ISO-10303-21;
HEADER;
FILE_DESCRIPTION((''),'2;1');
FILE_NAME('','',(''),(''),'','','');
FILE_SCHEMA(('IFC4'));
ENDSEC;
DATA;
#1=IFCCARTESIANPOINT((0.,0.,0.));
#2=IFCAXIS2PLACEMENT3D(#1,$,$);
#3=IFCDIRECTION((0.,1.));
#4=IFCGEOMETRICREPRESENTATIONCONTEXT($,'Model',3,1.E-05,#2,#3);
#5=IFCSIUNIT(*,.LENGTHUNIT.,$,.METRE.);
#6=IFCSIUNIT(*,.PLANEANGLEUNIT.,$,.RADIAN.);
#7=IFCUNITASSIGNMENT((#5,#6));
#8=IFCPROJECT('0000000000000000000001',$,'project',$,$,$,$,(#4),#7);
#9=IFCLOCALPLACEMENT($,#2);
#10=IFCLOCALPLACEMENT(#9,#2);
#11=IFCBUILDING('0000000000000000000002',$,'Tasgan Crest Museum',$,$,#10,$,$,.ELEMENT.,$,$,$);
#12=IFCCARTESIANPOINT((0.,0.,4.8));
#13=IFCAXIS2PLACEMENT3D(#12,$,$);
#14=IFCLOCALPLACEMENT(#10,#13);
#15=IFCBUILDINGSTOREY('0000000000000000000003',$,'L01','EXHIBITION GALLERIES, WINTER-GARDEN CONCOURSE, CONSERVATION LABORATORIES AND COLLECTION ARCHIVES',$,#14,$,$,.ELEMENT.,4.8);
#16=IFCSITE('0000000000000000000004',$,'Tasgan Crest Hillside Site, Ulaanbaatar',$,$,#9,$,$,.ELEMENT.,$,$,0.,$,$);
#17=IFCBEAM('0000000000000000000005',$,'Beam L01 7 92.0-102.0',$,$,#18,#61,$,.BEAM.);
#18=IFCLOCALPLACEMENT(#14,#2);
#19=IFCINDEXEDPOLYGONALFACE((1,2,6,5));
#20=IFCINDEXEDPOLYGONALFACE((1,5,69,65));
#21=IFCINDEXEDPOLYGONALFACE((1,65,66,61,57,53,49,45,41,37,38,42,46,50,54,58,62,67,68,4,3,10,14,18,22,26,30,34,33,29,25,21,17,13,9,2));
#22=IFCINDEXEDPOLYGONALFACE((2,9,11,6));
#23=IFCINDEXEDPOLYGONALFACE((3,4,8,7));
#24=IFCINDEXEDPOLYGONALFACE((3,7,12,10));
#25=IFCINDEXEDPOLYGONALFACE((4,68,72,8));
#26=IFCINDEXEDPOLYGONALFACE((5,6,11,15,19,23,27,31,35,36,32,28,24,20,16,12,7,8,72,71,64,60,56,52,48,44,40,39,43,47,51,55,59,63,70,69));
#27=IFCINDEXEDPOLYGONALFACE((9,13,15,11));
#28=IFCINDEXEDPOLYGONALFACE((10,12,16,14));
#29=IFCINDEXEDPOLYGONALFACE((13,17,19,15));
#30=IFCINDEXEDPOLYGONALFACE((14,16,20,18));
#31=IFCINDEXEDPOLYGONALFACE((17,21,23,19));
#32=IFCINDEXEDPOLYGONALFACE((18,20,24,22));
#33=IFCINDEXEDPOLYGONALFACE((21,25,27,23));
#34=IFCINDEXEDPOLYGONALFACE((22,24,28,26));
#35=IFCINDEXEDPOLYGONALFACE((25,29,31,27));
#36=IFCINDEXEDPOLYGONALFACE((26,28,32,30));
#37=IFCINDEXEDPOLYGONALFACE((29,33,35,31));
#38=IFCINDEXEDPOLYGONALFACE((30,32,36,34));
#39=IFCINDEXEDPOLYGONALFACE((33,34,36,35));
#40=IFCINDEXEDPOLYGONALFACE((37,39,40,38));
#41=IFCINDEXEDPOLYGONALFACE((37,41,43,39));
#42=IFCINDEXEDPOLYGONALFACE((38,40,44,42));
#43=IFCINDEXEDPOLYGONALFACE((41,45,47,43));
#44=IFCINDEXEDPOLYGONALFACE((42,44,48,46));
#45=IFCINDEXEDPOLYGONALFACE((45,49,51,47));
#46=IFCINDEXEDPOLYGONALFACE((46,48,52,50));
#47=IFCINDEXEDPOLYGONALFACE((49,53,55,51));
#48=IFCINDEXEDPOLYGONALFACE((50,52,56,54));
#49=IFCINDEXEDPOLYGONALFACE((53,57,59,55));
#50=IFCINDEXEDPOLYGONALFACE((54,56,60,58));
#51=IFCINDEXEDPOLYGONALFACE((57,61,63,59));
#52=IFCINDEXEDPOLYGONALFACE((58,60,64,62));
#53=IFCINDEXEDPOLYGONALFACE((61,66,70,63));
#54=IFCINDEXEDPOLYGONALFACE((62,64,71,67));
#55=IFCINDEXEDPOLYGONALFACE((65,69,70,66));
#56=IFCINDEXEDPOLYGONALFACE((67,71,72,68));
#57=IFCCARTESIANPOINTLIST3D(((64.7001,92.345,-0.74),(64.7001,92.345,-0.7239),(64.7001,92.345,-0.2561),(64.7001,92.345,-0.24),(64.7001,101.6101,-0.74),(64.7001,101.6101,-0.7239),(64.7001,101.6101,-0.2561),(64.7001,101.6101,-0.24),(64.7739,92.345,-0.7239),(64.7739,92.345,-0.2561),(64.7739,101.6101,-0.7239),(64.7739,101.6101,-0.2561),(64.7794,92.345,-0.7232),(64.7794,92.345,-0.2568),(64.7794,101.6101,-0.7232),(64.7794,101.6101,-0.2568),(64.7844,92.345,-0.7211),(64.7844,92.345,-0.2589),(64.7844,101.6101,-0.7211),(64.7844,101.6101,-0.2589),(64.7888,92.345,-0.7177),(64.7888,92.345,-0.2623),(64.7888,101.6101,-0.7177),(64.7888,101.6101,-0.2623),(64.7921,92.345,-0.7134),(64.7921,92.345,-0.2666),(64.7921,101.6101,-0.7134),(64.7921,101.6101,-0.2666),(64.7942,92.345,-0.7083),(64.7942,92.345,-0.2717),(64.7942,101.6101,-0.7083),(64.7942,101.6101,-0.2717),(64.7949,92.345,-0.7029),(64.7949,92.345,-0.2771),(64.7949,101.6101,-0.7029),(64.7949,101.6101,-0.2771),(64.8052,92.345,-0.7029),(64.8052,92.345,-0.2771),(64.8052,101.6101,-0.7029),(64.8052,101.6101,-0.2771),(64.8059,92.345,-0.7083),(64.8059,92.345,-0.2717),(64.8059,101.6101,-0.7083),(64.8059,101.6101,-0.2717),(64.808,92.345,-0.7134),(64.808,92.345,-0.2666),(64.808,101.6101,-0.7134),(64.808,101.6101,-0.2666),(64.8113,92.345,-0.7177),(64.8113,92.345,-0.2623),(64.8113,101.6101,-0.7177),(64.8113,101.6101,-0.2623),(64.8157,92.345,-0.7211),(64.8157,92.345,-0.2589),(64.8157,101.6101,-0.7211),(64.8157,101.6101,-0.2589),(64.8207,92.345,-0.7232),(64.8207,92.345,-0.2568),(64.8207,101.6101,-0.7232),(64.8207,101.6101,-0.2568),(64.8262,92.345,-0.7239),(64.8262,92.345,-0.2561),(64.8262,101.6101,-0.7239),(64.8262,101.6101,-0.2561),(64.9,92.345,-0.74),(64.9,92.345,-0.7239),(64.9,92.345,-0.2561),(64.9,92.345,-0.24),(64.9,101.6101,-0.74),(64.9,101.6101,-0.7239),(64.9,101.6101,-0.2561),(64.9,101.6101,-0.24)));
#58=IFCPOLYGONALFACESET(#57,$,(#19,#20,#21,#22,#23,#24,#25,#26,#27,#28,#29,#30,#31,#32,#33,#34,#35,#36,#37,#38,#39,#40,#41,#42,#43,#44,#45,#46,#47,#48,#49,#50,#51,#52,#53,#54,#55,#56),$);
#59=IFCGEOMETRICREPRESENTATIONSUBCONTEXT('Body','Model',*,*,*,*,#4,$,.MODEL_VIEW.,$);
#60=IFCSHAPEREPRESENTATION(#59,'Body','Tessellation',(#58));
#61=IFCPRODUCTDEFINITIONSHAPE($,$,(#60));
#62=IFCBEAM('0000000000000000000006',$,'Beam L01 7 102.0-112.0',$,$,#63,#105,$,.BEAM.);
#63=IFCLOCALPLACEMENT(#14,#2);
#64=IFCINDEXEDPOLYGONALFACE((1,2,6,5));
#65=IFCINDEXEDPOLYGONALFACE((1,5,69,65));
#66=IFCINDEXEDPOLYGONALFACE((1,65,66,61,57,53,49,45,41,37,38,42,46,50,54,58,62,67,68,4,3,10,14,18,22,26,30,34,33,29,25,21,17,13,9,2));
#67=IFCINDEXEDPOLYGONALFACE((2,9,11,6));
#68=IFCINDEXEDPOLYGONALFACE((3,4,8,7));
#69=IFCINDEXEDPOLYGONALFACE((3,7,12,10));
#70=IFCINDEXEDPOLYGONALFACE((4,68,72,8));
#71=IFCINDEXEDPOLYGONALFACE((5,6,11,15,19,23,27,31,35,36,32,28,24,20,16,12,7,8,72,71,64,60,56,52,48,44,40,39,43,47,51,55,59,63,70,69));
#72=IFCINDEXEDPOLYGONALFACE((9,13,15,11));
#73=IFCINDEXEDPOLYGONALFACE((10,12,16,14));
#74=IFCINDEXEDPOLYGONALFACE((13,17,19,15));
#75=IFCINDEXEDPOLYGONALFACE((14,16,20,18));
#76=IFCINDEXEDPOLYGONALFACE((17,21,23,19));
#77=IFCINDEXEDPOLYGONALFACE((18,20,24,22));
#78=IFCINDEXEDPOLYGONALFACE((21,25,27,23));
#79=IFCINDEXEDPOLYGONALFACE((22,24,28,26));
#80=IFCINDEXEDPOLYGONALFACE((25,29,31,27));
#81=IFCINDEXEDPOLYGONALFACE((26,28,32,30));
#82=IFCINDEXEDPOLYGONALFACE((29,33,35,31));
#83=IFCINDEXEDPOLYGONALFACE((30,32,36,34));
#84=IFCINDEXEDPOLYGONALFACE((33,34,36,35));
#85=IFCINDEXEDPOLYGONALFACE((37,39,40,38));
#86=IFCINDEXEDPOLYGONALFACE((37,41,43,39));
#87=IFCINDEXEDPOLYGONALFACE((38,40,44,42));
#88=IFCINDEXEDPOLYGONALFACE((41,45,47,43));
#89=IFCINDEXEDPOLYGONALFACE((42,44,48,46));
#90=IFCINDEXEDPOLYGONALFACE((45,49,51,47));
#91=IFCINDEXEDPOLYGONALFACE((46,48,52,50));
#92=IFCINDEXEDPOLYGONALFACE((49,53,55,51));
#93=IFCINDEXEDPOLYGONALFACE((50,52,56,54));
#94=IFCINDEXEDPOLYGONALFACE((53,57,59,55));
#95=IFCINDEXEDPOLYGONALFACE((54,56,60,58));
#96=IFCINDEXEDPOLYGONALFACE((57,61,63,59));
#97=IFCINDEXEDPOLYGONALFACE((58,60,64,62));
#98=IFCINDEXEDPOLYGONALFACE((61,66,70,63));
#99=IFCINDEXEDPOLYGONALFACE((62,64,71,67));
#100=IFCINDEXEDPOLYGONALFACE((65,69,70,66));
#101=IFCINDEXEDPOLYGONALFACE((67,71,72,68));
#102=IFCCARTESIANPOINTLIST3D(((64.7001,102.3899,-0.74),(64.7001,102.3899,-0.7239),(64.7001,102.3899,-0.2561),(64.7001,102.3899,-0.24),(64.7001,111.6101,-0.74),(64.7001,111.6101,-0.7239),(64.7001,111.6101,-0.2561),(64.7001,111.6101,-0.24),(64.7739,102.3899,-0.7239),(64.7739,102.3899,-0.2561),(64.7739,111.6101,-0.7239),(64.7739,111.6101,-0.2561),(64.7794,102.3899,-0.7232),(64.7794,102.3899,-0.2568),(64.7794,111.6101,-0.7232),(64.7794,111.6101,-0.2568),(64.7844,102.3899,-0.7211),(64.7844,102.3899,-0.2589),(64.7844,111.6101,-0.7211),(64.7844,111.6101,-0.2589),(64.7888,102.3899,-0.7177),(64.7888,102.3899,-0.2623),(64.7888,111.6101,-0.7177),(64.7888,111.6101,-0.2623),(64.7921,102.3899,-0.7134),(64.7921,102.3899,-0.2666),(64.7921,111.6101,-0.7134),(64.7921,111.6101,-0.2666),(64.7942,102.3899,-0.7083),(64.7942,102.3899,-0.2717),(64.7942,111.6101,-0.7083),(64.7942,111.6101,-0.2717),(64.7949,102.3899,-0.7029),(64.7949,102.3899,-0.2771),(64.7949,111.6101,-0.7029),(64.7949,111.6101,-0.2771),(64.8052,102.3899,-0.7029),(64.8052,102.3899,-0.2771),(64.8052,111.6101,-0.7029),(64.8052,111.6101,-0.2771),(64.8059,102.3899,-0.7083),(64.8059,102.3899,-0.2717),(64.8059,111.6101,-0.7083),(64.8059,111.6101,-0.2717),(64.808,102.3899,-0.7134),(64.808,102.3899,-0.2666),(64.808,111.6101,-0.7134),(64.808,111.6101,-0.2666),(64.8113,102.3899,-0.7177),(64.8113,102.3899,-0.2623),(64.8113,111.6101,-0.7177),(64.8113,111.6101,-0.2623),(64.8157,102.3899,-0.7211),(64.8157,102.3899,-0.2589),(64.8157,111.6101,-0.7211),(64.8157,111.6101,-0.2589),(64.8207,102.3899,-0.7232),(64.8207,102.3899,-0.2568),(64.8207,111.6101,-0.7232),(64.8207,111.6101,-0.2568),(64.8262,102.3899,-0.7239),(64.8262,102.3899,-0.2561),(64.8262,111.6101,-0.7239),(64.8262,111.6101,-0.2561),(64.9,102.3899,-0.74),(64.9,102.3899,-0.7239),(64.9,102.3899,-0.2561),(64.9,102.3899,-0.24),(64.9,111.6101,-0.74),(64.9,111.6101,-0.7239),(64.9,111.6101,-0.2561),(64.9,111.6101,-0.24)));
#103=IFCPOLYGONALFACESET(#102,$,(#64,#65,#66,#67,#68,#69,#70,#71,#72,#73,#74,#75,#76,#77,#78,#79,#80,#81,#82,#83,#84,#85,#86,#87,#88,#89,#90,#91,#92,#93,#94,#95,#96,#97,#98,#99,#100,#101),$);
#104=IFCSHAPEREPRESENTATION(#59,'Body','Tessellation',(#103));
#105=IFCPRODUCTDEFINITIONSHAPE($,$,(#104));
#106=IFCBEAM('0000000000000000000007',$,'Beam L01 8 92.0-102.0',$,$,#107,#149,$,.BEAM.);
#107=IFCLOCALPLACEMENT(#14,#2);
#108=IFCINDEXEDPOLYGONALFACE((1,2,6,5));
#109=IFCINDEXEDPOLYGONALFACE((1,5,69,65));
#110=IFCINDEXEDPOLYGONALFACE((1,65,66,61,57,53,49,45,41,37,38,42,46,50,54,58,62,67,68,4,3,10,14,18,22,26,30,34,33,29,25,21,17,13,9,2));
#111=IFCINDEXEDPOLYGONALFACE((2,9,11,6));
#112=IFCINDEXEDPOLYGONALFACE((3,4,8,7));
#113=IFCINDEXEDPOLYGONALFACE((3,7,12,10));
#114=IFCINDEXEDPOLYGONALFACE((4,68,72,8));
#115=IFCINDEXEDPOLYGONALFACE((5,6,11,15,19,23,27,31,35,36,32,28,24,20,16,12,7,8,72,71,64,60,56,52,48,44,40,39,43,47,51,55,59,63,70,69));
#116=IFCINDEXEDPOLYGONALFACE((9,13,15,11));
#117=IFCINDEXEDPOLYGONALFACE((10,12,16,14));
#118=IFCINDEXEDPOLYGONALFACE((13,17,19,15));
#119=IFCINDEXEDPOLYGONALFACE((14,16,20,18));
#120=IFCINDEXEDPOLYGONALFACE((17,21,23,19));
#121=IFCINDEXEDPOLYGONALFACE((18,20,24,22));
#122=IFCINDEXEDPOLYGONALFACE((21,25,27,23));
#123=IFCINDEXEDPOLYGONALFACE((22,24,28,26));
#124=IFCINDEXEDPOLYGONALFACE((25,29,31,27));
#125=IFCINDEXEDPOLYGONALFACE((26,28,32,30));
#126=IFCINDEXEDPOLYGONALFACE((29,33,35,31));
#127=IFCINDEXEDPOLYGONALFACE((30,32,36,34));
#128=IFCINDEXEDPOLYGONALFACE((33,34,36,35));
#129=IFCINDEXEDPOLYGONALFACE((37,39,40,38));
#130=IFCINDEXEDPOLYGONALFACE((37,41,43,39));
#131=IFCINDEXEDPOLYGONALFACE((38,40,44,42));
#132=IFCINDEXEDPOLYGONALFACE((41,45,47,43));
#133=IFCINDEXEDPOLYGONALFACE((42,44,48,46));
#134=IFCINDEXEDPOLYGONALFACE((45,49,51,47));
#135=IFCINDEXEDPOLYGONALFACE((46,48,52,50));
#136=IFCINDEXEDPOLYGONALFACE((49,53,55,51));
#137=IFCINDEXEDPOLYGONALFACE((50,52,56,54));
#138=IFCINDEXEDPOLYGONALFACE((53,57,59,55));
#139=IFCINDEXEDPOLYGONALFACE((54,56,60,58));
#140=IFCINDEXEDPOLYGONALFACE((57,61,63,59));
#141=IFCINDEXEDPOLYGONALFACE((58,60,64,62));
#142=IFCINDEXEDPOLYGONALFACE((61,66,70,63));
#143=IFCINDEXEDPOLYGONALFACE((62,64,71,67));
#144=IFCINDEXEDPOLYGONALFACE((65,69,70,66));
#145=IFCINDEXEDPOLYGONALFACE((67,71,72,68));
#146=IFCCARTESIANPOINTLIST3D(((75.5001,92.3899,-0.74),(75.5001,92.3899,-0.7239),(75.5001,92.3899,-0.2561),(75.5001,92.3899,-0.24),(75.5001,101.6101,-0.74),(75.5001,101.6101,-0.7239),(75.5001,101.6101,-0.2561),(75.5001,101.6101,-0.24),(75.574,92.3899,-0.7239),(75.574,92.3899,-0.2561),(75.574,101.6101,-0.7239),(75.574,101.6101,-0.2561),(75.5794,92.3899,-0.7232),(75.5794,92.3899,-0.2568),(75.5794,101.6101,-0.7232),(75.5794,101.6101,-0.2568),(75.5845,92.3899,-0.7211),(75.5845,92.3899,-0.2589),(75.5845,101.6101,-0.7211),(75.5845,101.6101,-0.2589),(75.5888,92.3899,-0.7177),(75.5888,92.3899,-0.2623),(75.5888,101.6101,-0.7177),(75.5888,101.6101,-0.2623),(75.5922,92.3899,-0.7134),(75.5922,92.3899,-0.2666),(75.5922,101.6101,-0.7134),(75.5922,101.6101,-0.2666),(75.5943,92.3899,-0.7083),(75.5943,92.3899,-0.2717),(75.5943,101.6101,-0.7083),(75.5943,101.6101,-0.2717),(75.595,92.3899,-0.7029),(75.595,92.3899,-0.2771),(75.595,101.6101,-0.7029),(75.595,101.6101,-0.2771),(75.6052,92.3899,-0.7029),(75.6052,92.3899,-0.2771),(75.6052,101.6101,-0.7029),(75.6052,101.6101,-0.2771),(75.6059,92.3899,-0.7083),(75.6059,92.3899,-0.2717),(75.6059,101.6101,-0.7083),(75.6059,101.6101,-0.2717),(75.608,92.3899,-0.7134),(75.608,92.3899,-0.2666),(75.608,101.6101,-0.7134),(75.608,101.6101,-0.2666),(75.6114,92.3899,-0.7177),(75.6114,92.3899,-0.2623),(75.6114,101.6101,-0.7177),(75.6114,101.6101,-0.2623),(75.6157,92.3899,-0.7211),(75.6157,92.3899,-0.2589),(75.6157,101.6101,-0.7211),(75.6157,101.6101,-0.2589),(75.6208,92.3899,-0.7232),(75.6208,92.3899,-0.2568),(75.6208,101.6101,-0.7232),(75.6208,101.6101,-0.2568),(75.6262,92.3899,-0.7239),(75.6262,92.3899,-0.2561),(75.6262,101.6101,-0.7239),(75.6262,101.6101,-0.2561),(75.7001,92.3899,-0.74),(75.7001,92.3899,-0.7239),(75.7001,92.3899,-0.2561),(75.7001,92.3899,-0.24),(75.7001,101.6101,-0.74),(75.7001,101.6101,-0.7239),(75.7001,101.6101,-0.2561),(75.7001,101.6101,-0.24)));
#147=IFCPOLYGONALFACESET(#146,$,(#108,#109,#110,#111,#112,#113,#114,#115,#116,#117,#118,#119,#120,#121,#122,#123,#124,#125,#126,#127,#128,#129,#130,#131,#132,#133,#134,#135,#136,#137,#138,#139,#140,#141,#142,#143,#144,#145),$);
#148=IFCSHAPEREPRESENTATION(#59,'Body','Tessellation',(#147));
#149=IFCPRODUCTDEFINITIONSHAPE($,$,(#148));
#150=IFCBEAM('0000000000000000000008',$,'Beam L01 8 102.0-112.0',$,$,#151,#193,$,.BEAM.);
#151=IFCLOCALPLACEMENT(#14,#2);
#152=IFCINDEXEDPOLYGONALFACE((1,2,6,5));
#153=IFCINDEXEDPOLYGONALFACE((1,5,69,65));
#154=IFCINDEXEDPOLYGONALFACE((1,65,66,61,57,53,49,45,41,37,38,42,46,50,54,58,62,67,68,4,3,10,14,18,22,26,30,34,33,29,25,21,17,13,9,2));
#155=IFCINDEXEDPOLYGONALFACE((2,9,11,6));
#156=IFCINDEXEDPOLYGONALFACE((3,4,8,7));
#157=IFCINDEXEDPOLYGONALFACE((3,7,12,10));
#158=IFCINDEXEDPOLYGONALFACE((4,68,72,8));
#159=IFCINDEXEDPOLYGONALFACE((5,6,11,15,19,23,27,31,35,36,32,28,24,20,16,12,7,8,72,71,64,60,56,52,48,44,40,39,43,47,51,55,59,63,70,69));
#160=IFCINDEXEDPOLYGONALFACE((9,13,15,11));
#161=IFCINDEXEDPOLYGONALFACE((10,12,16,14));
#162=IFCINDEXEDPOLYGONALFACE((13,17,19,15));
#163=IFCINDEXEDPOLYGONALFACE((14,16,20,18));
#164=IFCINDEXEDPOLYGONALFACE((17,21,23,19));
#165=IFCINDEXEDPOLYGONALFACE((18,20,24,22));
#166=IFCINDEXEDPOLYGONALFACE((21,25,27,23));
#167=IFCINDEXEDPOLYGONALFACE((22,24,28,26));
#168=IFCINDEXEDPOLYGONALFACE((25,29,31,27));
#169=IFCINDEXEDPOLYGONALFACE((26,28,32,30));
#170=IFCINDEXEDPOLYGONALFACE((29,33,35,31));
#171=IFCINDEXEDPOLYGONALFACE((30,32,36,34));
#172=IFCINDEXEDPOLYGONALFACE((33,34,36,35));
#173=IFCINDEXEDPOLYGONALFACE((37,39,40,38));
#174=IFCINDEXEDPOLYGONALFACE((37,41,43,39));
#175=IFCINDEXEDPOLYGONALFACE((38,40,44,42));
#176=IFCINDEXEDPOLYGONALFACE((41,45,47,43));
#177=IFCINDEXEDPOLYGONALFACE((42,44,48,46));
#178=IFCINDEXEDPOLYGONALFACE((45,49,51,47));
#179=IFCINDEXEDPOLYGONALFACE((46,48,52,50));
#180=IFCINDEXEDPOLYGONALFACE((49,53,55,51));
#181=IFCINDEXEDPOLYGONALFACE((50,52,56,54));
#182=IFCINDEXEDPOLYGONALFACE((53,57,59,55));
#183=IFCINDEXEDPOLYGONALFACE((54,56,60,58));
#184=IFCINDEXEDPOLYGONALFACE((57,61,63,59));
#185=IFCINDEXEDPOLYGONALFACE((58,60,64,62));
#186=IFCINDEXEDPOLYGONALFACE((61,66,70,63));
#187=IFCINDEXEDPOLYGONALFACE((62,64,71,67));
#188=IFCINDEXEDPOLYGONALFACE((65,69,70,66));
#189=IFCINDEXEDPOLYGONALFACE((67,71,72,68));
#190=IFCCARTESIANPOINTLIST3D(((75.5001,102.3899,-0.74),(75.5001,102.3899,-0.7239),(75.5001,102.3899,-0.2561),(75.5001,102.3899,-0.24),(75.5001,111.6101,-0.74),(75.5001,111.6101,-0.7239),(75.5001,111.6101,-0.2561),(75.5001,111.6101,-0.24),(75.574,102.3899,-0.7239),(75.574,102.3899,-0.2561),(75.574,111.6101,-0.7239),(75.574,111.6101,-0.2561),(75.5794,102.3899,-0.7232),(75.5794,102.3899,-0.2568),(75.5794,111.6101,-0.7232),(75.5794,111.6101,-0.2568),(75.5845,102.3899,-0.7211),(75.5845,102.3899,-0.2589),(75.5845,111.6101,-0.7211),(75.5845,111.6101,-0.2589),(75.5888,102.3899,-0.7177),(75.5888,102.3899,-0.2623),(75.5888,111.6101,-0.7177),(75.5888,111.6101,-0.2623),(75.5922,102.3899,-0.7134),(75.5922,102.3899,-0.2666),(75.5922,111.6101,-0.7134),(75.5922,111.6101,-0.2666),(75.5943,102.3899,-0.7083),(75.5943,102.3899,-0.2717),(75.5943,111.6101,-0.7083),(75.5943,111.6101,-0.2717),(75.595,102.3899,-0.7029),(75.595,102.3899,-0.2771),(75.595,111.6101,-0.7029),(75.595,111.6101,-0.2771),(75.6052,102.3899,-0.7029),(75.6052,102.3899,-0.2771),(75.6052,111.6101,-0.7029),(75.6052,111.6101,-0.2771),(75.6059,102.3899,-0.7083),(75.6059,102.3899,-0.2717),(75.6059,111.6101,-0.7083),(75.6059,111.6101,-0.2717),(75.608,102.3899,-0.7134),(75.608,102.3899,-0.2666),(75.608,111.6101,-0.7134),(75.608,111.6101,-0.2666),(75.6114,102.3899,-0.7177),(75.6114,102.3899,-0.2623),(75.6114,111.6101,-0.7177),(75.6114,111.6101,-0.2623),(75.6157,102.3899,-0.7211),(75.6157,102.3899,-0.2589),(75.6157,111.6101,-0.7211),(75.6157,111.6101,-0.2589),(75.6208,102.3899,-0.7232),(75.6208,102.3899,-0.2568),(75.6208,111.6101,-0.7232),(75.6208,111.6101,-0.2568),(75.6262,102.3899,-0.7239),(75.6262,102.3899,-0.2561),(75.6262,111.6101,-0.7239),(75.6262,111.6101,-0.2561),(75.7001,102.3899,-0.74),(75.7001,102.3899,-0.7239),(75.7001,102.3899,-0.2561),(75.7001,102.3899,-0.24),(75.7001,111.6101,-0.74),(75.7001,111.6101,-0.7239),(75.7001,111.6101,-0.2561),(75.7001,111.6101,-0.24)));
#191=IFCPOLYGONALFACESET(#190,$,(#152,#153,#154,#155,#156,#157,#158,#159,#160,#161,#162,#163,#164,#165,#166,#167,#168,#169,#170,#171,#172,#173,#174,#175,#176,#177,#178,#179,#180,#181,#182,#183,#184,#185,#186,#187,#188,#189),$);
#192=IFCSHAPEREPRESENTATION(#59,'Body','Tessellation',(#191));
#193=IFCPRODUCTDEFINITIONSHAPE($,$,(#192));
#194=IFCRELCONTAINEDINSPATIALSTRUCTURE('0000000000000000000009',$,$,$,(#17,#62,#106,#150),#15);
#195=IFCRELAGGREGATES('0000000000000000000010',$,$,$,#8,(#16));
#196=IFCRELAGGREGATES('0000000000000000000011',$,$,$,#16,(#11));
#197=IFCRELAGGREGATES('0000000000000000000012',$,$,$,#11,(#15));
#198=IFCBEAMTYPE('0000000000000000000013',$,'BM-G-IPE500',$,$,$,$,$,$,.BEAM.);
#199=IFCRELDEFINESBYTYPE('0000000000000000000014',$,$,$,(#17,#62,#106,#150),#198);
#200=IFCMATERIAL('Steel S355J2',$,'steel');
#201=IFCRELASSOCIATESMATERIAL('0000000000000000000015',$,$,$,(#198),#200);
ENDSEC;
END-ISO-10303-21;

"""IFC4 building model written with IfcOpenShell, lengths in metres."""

from ifc_helpers import new_model, si_unit, direction, frame, origin, origin_2d, place, context, subcontext, project, spatial, i_section, extrude, material, material_profile, profile_set, type_object, element, save


model = new_model("IFC4")

# Units and contexts
model_context = context("Model", 3, precision=1e-05, world=origin(), true_north=direction((0.0, 1.0)))
body_context = subcontext(model_context, "Body", "Model", "MODEL_VIEW")
ifc_project = project(units=[si_unit("LENGTHUNIT", "METRE"), si_unit("PLANEANGLEUNIT", "RADIAN")], contexts=[model_context])

# Site, building, storey
site_placement = place(None, origin())
site = spatial("IfcSite", under=ifc_project, at=site_placement, Name="Tasgan Crest Hillside Site, Ulaanbaatar", CompositionType="ELEMENT", RefElevation=0.0)
building_placement = place(site_placement, origin())
building = spatial("IfcBuilding", under=site, at=building_placement, Name="Tasgan Crest Museum", CompositionType="ELEMENT")
storey_placement = place(building_placement, frame((0.0, 0.0, 4.8)))
storey = spatial("IfcBuildingStorey", under=building, at=storey_placement, Name="L01", Description="EXHIBITION GALLERIES, WINTER-GARDEN CONCOURSE, CONSERVATION LABORATORIES AND COLLECTION ARCHIVES", CompositionType="ELEMENT", Elevation=4.8)

# Beams
ifc_material_1 = material(Name="Steel S355J2", Category="steel")
ifc_material_profile_1 = material_profile(ifc_material_1, i_section(OverallWidth=0.2, OverallDepth=0.5, WebThickness=0.0103, FlangeThickness=0.0161, FilletRadius=0.021, at=origin_2d()), Name="IPE 500")
ifc_profile_set_1 = profile_set([ifc_material_profile_1], Name="Steel S355J2")
beam_type_1 = type_object("IfcBeamType", Name="BM-G-IPE500", PredefinedType="BEAM", material=ifc_profile_set_1)
beam_1_placement = place(storey_placement, frame((64.8, 92.345, -0.49), z_axis=(0.0, 1.0, 0.0), x_axis=(-1.0, 0.0, 0.0)))
element("IfcBeam", 1, at=beam_1_placement, inside=storey, type_object=beam_type_1, Name="Beam L01 7 92.0-102.0", PredefinedType="BEAM", context=body_context, shape_type="SweptSolid", body=[
    extrude(i_section(OverallWidth=0.2, OverallDepth=0.5, WebThickness=0.0103, FlangeThickness=0.0161, FilletRadius=0.021, at=origin_2d()), origin(), (0.0, 0.0, 1.0), 9.2651),
])
for number, where, z_axis, x_axis, name in (
    (2, (64.8, 102.3899, -0.49), (0.0, 1.0, 0.0), (-1.0, 0.0, 0.0), "Beam L01 7 102.0-112.0"),
    (3, (75.6001, 92.3899, -0.49), (0.0, 1.0, 0.0), (-1.0, 0.0, 0.0), "Beam L01 8 92.0-102.0"),
    (4, (75.6001, 102.3899, -0.49), (0.0, 1.0, 0.0), (-1.0, 0.0, 0.0), "Beam L01 8 102.0-112.0"),
):
    element("IfcBeam", number, at=place(storey_placement, frame(where, z_axis=z_axis, x_axis=x_axis)), inside=storey, type_object=beam_type_1, Name=name, PredefinedType="BEAM", context=body_context, shape_type="SweptSolid", body=[
        extrude(i_section(OverallWidth=0.2, OverallDepth=0.5, WebThickness=0.0103, FlangeThickness=0.0161, FilletRadius=0.021, at=origin_2d()), origin(), (0.0, 0.0, 1.0), 9.2202),
    ])

save(model, "model.ifc")
